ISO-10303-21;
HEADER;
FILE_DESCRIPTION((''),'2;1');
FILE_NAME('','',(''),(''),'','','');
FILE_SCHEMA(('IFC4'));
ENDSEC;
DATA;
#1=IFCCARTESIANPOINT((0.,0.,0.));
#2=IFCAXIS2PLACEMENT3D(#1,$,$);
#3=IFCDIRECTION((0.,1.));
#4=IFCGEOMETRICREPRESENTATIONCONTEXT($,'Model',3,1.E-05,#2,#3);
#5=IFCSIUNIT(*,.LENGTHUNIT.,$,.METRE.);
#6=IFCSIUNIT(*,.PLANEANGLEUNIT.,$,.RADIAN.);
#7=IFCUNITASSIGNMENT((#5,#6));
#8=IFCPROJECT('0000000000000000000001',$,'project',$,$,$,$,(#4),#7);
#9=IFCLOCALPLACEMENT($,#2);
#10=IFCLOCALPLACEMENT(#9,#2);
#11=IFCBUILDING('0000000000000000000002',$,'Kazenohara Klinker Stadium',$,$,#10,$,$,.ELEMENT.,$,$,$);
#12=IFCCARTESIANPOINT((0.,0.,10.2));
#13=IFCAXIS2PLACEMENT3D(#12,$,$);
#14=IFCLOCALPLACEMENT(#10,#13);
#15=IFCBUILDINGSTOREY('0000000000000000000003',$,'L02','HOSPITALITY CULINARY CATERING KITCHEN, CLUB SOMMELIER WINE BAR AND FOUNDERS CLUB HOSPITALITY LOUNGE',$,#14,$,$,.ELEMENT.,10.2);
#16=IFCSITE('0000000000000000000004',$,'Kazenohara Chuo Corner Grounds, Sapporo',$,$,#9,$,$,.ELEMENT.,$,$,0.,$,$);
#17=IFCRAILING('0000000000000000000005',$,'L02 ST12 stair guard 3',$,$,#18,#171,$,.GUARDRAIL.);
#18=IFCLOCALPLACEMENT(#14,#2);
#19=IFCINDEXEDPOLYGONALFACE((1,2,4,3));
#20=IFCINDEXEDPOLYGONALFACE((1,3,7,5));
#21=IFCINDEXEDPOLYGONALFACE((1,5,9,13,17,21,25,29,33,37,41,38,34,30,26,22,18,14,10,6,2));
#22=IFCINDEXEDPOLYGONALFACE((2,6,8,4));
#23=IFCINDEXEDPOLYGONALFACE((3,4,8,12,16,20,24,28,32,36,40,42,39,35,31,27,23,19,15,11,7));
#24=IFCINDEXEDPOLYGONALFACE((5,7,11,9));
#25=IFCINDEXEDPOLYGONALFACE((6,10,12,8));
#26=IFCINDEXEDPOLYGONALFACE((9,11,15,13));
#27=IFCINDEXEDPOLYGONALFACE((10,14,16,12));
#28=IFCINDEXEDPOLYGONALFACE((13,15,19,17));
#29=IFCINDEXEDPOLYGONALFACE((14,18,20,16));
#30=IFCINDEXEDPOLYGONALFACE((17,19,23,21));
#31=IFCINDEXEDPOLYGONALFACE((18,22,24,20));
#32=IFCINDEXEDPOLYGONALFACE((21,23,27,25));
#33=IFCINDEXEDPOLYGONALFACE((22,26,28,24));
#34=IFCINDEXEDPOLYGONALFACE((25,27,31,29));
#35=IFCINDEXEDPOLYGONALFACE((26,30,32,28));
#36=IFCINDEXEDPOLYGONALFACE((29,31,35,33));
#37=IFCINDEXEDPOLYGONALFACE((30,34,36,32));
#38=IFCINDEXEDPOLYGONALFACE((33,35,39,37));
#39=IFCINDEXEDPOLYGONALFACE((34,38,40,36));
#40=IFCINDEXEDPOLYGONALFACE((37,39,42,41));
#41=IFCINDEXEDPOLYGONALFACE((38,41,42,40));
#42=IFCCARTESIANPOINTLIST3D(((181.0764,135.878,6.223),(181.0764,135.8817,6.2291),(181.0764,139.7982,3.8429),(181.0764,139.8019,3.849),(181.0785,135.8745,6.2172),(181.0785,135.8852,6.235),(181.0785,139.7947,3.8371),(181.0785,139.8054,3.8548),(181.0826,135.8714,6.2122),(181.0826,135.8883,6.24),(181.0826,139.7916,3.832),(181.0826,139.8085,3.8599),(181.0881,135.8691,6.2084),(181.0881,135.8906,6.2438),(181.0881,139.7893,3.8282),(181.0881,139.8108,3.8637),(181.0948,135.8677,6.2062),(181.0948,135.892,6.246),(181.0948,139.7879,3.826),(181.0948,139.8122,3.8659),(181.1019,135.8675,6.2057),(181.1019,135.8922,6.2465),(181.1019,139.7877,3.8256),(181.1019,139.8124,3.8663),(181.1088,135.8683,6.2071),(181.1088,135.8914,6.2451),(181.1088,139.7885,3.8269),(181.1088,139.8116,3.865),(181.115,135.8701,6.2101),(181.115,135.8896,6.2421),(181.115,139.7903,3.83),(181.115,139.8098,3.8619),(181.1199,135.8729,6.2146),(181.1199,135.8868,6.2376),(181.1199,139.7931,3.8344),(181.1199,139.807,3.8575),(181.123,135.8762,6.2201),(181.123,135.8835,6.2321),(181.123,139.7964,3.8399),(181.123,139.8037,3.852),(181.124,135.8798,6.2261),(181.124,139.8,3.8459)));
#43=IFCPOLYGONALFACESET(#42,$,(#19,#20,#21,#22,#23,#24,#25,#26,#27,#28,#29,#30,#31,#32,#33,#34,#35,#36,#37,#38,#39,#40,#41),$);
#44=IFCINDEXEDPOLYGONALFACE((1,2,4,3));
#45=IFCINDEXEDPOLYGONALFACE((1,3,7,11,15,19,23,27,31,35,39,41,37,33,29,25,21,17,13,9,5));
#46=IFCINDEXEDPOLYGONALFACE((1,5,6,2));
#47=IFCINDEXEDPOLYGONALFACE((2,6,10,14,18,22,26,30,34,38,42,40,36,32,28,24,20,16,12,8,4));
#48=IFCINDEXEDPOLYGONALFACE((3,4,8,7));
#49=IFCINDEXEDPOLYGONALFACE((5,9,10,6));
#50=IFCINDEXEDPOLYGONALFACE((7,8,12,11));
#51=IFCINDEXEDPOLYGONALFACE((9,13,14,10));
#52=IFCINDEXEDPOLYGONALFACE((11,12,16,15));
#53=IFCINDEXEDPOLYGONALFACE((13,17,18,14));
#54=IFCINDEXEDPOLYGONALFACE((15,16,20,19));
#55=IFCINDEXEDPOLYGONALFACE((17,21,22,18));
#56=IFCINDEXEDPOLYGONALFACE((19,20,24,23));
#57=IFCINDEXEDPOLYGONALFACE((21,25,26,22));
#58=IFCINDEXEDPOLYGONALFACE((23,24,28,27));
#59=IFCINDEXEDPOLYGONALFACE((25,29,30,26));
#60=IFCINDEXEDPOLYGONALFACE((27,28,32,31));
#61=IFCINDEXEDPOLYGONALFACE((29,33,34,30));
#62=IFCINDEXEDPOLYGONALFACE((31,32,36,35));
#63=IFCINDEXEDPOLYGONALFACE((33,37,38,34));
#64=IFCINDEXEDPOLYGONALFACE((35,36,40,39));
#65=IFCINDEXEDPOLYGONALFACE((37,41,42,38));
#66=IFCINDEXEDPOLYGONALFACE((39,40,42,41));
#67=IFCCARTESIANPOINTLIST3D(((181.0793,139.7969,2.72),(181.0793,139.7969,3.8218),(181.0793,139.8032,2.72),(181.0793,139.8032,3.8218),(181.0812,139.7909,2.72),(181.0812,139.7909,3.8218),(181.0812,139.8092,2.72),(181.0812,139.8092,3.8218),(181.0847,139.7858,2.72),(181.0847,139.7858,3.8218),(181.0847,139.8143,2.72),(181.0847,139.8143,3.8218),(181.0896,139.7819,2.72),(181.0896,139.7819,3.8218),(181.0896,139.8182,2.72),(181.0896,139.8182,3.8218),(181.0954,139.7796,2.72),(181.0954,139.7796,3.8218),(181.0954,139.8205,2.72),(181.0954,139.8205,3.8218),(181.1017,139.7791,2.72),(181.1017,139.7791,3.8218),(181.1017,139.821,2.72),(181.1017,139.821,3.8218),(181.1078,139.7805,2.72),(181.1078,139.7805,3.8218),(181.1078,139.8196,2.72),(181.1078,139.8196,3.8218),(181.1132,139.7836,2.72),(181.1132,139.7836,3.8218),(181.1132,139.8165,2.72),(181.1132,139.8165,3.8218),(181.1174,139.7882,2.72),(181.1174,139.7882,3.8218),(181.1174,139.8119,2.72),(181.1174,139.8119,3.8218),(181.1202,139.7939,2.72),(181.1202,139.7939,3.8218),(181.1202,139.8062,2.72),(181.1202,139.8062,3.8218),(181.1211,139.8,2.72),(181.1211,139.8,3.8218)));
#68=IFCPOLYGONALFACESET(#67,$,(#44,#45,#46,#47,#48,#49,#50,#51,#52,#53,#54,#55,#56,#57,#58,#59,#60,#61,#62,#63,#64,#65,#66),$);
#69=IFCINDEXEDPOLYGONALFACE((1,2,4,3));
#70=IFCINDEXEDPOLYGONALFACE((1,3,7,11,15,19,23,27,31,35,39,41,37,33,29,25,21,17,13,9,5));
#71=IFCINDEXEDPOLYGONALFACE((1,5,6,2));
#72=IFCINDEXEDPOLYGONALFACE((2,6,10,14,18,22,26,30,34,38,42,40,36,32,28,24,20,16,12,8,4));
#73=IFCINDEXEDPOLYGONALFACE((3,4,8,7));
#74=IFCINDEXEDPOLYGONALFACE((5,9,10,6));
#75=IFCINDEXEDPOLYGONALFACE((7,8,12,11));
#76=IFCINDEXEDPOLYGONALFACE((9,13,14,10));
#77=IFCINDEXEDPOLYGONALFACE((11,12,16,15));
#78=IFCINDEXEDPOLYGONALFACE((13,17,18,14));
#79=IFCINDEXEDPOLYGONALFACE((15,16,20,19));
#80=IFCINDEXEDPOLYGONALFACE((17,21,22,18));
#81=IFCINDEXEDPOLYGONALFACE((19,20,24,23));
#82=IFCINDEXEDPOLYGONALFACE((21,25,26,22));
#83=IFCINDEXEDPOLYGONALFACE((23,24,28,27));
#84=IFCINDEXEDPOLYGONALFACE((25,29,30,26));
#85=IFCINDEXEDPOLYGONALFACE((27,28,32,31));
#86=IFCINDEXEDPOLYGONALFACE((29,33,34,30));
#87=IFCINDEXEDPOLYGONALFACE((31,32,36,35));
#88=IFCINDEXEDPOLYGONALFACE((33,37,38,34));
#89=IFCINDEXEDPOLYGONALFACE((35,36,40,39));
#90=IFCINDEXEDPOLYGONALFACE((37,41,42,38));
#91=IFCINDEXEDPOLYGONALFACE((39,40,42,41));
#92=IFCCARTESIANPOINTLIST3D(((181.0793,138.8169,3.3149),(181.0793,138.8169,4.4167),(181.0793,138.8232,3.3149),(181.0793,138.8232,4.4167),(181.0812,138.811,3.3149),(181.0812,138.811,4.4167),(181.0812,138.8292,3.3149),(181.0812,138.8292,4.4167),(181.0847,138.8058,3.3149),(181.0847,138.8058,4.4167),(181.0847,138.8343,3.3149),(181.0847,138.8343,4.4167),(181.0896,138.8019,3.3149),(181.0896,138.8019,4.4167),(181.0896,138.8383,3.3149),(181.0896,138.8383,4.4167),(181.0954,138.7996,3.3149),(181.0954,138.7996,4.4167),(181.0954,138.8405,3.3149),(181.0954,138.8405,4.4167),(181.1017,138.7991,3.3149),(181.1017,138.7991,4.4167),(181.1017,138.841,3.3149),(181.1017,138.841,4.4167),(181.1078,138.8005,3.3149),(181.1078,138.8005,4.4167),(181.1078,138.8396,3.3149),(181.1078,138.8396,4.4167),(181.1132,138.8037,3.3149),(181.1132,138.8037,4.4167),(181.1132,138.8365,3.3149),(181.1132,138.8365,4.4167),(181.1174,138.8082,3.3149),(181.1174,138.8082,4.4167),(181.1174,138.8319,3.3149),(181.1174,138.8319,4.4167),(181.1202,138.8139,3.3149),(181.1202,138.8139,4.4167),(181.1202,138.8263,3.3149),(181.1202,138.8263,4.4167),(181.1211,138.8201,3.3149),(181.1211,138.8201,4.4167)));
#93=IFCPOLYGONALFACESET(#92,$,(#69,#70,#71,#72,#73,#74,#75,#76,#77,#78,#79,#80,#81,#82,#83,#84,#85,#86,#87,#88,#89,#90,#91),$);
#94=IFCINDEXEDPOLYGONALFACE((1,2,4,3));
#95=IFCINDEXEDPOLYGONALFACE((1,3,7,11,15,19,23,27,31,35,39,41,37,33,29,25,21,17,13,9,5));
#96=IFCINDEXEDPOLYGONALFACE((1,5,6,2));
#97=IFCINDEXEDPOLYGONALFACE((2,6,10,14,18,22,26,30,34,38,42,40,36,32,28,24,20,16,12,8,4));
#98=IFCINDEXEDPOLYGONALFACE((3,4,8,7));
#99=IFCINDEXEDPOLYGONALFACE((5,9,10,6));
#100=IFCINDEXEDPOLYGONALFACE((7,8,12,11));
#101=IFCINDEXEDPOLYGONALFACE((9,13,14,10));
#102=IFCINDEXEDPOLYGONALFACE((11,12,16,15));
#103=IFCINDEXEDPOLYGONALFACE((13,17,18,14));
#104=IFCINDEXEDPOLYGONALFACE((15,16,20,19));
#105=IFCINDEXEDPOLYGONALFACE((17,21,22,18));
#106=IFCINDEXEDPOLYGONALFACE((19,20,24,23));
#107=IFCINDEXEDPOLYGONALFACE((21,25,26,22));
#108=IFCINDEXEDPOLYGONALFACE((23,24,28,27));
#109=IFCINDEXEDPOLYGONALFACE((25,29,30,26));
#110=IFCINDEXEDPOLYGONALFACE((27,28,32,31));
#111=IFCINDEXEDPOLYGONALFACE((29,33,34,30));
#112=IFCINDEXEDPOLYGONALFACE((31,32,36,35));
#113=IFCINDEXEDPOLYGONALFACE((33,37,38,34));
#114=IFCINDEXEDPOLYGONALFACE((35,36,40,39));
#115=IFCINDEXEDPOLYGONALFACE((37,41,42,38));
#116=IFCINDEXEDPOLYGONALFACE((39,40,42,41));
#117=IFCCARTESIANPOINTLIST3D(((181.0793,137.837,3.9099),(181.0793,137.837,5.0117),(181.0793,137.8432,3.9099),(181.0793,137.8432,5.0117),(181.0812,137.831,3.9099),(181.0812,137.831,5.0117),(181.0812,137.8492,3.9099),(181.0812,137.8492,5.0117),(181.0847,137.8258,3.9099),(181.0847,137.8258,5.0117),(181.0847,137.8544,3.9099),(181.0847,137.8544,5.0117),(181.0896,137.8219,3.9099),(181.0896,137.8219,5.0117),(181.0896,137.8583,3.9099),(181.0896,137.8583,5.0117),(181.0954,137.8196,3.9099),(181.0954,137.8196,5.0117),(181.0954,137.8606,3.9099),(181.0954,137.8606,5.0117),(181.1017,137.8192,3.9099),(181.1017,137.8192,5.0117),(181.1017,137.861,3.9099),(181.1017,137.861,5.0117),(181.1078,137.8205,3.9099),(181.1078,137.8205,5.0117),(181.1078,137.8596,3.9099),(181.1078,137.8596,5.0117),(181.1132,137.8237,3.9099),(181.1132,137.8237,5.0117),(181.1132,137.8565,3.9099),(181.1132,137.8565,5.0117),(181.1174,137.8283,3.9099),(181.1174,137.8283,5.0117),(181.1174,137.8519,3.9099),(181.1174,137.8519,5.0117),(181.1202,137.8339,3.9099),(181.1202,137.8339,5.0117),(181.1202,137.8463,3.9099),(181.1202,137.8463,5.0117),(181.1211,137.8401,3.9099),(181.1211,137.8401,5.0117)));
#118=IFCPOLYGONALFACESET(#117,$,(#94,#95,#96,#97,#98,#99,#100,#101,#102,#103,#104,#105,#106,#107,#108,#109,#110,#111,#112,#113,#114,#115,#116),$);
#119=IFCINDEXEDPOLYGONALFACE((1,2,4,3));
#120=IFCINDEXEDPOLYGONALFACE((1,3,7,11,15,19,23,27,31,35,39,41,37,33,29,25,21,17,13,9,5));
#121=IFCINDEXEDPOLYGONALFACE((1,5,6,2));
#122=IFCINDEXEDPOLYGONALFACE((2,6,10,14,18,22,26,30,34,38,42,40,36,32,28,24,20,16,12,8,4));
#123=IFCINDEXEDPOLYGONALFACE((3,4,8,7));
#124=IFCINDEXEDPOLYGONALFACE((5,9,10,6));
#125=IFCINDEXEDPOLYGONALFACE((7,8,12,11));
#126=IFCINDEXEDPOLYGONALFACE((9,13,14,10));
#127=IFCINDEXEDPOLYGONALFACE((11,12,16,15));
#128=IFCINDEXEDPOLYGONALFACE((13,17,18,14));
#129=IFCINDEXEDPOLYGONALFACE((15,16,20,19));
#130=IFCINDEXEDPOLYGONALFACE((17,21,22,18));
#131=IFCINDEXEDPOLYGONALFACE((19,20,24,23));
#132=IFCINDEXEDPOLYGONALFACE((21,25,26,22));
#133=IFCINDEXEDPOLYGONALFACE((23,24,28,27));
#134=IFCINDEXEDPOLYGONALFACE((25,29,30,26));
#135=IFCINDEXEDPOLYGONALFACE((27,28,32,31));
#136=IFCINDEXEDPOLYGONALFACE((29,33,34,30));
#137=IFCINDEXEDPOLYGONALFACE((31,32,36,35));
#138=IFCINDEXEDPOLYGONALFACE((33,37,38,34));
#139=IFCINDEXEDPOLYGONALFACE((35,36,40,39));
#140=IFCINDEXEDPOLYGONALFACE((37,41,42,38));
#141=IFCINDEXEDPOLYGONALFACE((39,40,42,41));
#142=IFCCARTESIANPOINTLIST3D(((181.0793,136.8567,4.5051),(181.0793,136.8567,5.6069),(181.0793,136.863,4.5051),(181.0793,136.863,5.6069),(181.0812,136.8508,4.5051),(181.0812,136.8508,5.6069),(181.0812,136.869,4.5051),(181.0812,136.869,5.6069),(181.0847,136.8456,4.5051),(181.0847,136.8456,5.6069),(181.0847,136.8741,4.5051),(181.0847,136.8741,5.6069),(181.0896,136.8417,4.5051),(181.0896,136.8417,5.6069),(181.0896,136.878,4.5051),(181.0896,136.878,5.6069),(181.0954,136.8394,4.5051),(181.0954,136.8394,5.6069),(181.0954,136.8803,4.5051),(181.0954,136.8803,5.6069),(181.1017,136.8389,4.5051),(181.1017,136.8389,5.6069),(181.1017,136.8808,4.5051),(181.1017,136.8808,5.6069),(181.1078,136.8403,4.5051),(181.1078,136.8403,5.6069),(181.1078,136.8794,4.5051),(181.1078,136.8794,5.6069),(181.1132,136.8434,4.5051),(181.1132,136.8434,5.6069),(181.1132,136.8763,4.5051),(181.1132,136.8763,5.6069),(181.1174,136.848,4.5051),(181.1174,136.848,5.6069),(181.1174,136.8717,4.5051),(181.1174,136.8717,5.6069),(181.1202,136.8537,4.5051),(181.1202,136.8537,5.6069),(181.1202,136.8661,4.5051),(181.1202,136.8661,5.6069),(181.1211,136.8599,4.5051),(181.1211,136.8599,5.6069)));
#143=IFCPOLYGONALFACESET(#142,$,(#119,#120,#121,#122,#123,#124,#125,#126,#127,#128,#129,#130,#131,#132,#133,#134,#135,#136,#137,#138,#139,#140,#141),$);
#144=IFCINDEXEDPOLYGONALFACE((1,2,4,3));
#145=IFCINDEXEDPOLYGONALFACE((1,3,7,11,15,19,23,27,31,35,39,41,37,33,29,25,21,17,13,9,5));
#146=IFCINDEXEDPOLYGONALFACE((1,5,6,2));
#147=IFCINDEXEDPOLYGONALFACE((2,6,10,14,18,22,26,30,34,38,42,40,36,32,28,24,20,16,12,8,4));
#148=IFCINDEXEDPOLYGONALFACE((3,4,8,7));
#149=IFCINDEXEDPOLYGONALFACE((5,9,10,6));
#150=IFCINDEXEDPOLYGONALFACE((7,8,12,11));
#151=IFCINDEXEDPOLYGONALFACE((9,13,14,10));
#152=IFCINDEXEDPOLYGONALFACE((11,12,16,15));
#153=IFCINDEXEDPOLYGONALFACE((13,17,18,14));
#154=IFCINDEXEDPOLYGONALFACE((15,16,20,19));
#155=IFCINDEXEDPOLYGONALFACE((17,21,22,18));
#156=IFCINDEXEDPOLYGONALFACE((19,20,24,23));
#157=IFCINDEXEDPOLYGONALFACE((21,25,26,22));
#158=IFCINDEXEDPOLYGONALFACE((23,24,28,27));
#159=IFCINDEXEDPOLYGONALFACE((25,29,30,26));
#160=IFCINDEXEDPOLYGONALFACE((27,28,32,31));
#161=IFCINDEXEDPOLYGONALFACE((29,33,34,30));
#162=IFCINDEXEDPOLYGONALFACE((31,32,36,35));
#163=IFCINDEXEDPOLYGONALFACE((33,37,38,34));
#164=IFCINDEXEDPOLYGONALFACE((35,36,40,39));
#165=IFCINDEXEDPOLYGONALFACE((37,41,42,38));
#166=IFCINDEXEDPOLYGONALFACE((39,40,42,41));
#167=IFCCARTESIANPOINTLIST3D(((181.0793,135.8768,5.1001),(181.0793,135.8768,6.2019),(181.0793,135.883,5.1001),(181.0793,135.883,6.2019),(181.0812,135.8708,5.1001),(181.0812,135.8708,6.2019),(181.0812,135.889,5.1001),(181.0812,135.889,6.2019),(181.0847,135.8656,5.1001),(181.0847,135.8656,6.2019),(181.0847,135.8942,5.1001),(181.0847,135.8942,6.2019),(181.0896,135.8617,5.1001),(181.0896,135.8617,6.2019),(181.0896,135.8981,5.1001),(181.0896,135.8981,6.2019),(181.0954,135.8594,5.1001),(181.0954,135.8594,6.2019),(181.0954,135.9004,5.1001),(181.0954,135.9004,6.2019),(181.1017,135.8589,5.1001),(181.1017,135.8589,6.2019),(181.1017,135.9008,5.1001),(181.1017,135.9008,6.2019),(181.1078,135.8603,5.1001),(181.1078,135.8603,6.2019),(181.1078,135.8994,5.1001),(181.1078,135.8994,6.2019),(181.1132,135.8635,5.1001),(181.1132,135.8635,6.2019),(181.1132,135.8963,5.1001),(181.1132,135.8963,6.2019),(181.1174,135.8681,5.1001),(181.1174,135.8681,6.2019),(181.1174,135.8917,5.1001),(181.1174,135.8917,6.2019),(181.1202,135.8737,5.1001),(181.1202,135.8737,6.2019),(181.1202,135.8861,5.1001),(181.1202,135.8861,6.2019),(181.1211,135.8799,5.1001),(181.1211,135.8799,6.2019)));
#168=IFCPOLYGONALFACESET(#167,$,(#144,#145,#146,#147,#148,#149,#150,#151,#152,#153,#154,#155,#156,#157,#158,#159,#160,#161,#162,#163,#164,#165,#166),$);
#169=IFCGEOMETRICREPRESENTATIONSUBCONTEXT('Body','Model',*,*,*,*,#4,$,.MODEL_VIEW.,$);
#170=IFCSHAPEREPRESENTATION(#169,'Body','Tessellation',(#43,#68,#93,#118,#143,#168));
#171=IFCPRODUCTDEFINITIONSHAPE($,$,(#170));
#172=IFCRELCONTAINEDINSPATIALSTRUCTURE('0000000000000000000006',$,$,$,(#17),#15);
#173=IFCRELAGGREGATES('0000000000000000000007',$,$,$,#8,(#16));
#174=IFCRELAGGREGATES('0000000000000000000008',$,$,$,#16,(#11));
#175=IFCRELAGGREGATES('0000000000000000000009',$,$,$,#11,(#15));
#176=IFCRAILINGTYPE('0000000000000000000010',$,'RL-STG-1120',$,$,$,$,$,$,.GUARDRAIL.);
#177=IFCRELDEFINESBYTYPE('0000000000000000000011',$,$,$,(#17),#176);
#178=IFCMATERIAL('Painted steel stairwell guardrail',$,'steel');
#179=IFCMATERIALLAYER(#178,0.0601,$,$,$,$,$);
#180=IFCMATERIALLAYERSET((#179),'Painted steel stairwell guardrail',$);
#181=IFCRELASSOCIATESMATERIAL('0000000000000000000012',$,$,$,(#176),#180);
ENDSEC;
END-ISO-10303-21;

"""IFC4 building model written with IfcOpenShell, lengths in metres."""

from ifc_helpers import new_model, si_unit, direction, frame, origin, origin_2d, place, context, subcontext, project, spatial, circle, extrude, material, layer, layer_set, type_object, element, save


model = new_model("IFC4")

# Units and contexts
model_context = context("Model", 3, precision=1e-05, world=origin(), true_north=direction((0.0, 1.0)))
body_context = subcontext(model_context, "Body", "Model", "MODEL_VIEW")
ifc_project = project(units=[si_unit("LENGTHUNIT", "METRE"), si_unit("PLANEANGLEUNIT", "RADIAN")], contexts=[model_context])

# Site, building, storey
site_placement = place(None, origin())
site = spatial("IfcSite", under=ifc_project, at=site_placement, Name="Kazenohara Chuo Corner Grounds, Sapporo", CompositionType="ELEMENT", RefElevation=0.0)
building_placement = place(site_placement, origin())
building = spatial("IfcBuilding", under=site, at=building_placement, Name="Kazenohara Klinker Stadium", CompositionType="ELEMENT")
storey_placement = place(building_placement, frame((0.0, 0.0, 10.2)))
storey = spatial("IfcBuildingStorey", under=building, at=storey_placement, Name="L02", Description="HOSPITALITY CULINARY CATERING KITCHEN, CLUB SOMMELIER WINE BAR AND FOUNDERS CLUB HOSPITALITY LOUNGE", CompositionType="ELEMENT", Elevation=10.2)

# Railing
ifc_material_1 = material(Name="Painted steel stairwell guardrail", Category="steel")
ifc_layer_1 = layer(ifc_material_1, 0.0601)
ifc_layer_set_1 = layer_set([ifc_layer_1], Name="Painted steel stairwell guardrail")
railing_type_1 = type_object("IfcRailingType", Name="RL-STG-1120", PredefinedType="GUARDRAIL", material=ifc_layer_set_1)
railing_1_placement = place(storey_placement, frame((181.1001, 139.8, 2.72)))
element("IfcRailing", 1, at=railing_1_placement, inside=storey, type_object=railing_type_1, Name="L02 ST12 stair guard 3", PredefinedType="GUARDRAIL", context=body_context, shape_type="SweptSolid", body=[
    extrude(circle(Radius=0.0239, at=origin_2d()), frame((0.0, 0.0, 1.126), z_axis=(0.0, -0.854785, 0.518982), x_axis=(1.0, 0.0, 0.0)), (0.0, 0.0, 1.0), 4.5862),
    extrude(circle(Radius=0.021, at=origin_2d()), origin(), (0.0, 0.0, 1.0), 1.1018),
    extrude(circle(Radius=0.021, at=origin_2d()), frame((0.0, -0.98, 0.595)), (0.0, 0.0, 1.0), 1.1018),
    extrude(circle(Radius=0.021, at=origin_2d()), frame((0.0, -1.96, 1.1899)), (0.0, 0.0, 1.0), 1.1018),
    extrude(circle(Radius=0.021, at=origin_2d()), frame((0.0, -2.9402, 1.7852)), (0.0, 0.0, 1.0), 1.1018),
    extrude(circle(Radius=0.021, at=origin_2d()), frame((0.0, -3.9202, 2.3801)), (0.0, 0.0, 1.0), 1.1018),
])

save(model, "model.ifc")
